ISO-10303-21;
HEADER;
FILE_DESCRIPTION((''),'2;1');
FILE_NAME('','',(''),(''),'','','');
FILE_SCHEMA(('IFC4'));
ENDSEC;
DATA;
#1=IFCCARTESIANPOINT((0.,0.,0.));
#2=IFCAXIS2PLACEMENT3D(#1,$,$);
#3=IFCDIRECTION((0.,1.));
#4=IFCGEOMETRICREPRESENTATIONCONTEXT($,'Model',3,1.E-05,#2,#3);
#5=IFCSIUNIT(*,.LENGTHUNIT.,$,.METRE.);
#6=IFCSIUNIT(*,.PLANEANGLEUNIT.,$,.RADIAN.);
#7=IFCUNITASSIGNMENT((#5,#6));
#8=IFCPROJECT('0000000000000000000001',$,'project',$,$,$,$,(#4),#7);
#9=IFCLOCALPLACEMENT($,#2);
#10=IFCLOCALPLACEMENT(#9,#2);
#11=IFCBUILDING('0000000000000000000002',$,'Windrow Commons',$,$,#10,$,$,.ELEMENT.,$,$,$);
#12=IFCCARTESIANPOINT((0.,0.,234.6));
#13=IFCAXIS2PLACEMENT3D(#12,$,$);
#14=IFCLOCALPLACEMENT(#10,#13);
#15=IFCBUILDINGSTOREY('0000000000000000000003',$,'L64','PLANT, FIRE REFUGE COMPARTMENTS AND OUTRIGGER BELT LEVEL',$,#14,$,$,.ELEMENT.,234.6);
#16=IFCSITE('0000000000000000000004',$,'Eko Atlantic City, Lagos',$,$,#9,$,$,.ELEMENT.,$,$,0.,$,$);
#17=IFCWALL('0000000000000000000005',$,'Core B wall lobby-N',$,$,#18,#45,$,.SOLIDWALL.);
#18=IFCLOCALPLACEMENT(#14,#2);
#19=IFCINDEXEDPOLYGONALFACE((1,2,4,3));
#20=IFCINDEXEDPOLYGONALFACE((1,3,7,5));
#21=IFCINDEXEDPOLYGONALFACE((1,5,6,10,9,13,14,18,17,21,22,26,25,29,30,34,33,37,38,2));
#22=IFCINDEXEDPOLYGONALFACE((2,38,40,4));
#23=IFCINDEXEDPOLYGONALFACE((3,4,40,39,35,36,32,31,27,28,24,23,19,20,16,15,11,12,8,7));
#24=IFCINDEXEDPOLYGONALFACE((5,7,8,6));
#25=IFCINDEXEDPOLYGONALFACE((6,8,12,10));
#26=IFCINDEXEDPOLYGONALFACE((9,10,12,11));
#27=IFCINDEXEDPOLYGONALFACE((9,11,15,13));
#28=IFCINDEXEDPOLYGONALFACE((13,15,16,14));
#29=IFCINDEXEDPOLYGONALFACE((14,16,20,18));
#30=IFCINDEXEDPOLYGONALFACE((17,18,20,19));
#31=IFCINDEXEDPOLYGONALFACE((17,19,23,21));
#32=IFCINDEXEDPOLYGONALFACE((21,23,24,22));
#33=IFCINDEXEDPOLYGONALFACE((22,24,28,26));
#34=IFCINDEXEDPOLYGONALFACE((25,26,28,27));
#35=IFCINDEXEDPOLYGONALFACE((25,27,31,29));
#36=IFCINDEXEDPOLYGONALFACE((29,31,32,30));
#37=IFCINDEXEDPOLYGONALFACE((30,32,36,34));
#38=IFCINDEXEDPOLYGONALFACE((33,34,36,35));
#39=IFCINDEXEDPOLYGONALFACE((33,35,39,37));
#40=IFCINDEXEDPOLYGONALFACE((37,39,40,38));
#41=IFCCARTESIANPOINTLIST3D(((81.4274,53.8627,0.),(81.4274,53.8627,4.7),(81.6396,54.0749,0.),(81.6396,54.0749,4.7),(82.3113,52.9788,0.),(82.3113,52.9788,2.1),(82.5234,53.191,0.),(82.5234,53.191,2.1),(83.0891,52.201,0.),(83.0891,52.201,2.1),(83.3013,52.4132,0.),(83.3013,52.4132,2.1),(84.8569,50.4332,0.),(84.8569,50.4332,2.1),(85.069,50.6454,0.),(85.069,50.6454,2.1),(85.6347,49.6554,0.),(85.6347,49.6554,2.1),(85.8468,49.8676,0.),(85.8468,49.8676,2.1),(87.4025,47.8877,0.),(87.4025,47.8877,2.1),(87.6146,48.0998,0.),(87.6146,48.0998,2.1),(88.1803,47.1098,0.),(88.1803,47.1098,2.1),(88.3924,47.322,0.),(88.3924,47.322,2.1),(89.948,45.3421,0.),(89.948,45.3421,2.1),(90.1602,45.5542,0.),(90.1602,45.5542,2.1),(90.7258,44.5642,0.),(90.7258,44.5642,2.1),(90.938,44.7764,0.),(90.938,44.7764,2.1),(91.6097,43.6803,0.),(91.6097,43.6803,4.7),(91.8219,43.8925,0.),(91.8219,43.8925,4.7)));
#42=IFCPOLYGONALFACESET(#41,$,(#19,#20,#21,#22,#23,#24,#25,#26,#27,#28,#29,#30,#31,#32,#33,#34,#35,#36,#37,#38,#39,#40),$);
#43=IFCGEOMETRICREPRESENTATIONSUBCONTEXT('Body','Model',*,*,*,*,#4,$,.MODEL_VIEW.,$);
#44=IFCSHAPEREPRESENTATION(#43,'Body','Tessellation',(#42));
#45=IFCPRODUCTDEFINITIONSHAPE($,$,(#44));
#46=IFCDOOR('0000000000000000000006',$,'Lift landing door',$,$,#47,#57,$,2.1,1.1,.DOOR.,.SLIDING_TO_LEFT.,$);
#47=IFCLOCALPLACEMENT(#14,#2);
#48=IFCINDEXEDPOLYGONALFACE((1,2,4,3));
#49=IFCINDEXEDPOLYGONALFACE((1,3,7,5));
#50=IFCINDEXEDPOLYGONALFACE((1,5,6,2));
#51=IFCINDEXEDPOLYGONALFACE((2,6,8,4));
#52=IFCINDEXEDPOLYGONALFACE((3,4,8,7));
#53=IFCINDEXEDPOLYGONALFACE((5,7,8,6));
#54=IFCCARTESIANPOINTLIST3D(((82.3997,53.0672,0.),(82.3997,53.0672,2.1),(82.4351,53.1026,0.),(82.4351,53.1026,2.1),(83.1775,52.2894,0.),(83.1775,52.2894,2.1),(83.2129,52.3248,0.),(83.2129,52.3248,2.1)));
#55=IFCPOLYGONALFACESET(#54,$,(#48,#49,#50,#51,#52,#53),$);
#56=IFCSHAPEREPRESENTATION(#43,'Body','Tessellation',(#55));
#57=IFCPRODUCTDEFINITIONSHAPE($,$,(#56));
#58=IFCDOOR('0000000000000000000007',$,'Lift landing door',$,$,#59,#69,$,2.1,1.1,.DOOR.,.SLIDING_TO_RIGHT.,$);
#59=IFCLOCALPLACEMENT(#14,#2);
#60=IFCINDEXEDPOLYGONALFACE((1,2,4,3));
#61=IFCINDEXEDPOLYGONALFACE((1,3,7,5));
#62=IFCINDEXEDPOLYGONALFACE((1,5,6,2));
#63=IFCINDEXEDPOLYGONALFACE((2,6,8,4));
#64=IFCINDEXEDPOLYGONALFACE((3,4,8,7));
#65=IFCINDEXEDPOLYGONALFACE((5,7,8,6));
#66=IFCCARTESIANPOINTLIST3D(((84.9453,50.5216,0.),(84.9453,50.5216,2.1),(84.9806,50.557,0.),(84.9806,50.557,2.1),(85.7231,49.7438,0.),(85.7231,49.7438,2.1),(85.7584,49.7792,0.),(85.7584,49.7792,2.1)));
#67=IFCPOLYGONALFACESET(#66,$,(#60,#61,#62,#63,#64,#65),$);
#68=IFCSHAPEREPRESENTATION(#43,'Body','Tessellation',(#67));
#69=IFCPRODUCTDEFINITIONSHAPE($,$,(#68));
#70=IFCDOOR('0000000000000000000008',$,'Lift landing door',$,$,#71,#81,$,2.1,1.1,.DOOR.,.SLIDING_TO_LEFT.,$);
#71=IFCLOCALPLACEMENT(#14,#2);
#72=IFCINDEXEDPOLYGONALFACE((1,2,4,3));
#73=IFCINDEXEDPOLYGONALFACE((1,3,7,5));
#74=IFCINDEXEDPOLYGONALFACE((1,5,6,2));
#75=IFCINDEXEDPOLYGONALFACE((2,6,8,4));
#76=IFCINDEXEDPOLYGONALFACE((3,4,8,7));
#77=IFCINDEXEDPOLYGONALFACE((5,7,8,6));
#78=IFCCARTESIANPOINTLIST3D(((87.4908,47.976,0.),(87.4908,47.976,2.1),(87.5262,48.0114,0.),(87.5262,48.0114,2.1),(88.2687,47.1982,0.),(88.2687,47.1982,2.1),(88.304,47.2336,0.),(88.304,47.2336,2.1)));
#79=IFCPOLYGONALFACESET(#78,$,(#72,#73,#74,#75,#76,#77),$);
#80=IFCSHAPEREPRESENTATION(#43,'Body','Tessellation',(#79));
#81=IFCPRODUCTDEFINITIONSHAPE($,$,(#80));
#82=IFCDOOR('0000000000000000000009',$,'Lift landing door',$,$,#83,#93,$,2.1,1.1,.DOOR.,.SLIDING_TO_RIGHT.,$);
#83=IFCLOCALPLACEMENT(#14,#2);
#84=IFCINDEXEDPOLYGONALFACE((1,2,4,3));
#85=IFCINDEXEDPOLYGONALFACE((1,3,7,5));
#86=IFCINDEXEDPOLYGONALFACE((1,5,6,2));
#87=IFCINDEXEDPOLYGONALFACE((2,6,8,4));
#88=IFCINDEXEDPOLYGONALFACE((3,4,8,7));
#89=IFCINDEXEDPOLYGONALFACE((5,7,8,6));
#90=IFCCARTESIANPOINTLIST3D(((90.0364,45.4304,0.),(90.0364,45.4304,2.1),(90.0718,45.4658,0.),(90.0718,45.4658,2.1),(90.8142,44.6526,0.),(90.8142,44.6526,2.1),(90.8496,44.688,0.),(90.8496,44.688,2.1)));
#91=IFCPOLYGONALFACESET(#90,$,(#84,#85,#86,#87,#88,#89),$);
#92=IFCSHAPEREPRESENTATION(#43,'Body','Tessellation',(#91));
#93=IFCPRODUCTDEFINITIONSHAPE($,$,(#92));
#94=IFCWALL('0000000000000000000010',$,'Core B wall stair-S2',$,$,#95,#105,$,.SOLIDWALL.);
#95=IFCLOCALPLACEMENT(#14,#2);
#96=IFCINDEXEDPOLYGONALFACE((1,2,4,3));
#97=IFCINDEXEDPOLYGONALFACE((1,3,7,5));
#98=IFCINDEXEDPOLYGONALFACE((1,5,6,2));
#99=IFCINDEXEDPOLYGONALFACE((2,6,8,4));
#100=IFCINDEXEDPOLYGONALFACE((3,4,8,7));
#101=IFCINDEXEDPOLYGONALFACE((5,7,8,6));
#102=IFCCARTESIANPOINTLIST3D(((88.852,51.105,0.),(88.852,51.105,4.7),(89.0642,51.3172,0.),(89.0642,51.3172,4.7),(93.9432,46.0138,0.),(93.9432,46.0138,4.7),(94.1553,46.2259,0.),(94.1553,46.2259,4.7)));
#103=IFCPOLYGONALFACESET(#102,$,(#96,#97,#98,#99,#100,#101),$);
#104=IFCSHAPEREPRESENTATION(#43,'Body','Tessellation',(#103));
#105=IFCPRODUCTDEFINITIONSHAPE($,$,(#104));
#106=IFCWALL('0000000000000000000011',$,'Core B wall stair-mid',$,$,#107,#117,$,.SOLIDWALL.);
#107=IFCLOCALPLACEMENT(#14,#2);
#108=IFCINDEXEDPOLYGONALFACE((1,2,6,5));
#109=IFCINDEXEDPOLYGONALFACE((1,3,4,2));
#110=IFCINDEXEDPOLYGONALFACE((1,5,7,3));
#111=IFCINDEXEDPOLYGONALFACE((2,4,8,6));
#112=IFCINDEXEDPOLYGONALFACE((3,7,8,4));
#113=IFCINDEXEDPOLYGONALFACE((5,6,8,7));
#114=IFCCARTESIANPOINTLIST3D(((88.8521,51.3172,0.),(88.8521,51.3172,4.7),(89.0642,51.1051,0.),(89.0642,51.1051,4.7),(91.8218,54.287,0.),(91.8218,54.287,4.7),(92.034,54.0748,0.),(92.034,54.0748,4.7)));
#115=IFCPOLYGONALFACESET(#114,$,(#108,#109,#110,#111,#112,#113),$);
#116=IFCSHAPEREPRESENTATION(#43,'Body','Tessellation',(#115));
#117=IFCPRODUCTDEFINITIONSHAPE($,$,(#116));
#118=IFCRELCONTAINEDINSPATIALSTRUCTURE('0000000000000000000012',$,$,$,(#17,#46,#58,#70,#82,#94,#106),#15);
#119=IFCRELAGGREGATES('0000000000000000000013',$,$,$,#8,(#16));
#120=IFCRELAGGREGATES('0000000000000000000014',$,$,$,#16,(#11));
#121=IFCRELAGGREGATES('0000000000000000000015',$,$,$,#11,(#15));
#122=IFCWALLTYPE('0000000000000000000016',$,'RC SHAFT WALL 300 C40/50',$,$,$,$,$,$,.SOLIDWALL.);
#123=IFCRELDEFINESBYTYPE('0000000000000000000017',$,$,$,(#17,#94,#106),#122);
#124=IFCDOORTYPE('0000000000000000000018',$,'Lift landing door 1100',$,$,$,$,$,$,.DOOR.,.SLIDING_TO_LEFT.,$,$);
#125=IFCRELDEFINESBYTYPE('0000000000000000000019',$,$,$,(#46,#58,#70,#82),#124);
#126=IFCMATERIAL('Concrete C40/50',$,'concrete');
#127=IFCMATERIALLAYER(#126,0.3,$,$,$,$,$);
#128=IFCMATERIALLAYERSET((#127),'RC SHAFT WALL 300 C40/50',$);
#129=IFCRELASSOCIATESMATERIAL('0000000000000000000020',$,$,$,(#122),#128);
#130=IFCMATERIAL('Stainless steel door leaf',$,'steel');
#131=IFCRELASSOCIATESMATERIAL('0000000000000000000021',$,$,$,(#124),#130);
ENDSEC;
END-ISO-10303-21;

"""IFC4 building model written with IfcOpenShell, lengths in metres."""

from ifc_helpers import new_model, si_unit, direction, frame, frame_2d, origin, place, context, subcontext, project, spatial, rectangle, extrude, material, layer, layer_set, type_object, element, fill, save


model = new_model("IFC4")

# Units and contexts
model_context = context("Model", 3, precision=1e-05, world=origin(), true_north=direction((0.0, 1.0)))
body_context = subcontext(model_context, "Body", "Model", "MODEL_VIEW")
ifc_project = project(units=[si_unit("LENGTHUNIT", "METRE"), si_unit("PLANEANGLEUNIT", "RADIAN")], contexts=[model_context])

# Site, building, storey
site_placement = place(None, origin())
site = spatial("IfcSite", under=ifc_project, at=site_placement, Name="Eko Atlantic City, Lagos", CompositionType="ELEMENT", RefElevation=0.0)
building_placement = place(site_placement, origin())
building = spatial("IfcBuilding", under=site, at=building_placement, Name="Windrow Commons", CompositionType="ELEMENT")
storey_placement = place(building_placement, frame((0.0, 0.0, 234.6)))
storey = spatial("IfcBuildingStorey", under=building, at=storey_placement, Name="L64", Description="PLANT, FIRE REFUGE COMPARTMENTS AND OUTRIGGER BELT LEVEL", CompositionType="ELEMENT", Elevation=234.6)

# Shared definitions
ifc_material_1 = material(Name="Concrete C40/50", Category="concrete")
ifc_layer_1 = layer(ifc_material_1, 0.3)
ifc_layer_set_1 = layer_set([ifc_layer_1], Name="RC SHAFT WALL 300 C40/50")
wall_type_1 = type_object("IfcWallType", Name="RC SHAFT WALL 300 C40/50", PredefinedType="SOLIDWALL", material=ifc_layer_set_1)

# Wall, openings, doors
wall_1_placement = place(storey_placement, frame((81.5335, 53.9688, 0.0), z_axis=(0.0, 0.0, 1.0), x_axis=(0.707103, -0.70711, 0.0)))
wall_1 = element("IfcWall", 1, at=wall_1_placement, inside=storey, type_object=wall_type_1, Name="Core B wall lobby-N", PredefinedType="SOLIDWALL", context=body_context, shape_type="SweptSolid", body=[
    extrude(rectangle(XDim=14.4, YDim=0.3, at=frame_2d((7.2, 0.0))), origin(), (0.0, 0.0, 1.0), 4.7),
])
opening_1_placement = place(wall_1_placement, frame((1.25, 0.0, 0.0)))
opening_1 = element("IfcOpeningElement", 2, at=opening_1_placement, cuts=wall_1, PredefinedType="OPENING", context=body_context, shape_type="SweptSolid", body=[
    extrude(rectangle(XDim=1.1, YDim=2.1, at=frame_2d((0.55, 1.05))), frame((0.0, 0.16, 0.0), z_axis=(0.0, -1.0, 0.0), x_axis=(1.0, 0.0, 0.0)), (0.0, 0.0, 1.0), 0.32),
])
opening_2_placement = place(wall_1_placement, frame((4.85, 0.0, 0.0)))
opening_2 = element("IfcOpeningElement", 3, at=opening_2_placement, cuts=wall_1, PredefinedType="OPENING", context=body_context, shape_type="SweptSolid", body=[
    extrude(rectangle(XDim=1.1, YDim=2.1, at=frame_2d((0.55, 1.05))), frame((0.0, 0.16, 0.0), z_axis=(0.0, -1.0, 0.0), x_axis=(1.0, 0.0, 0.0)), (0.0, 0.0, 1.0), 0.32),
])
opening_3_placement = place(wall_1_placement, frame((8.45, 0.0, 0.0)))
opening_3 = element("IfcOpeningElement", 4, at=opening_3_placement, cuts=wall_1, PredefinedType="OPENING", context=body_context, shape_type="SweptSolid", body=[
    extrude(rectangle(XDim=1.1, YDim=2.1, at=frame_2d((0.55, 1.05))), frame((0.0, 0.16, 0.0), z_axis=(0.0, -1.0, 0.0), x_axis=(1.0, 0.0, 0.0)), (0.0, 0.0, 1.0), 0.32),
])
opening_4_placement = place(wall_1_placement, frame((12.05, 0.0, 0.0)))
opening_4 = element("IfcOpeningElement", 5, at=opening_4_placement, cuts=wall_1, PredefinedType="OPENING", context=body_context, shape_type="SweptSolid", body=[
    extrude(rectangle(XDim=1.1, YDim=2.1, at=frame_2d((0.55, 1.05))), frame((0.0, 0.16, 0.0), z_axis=(0.0, -1.0, 0.0), x_axis=(1.0, 0.0, 0.0)), (0.0, 0.0, 1.0), 0.32),
])
ifc_material_2 = material(Name="Stainless steel door leaf", Category="steel")
door_type_1 = type_object("IfcDoorType", Name="Lift landing door 1100", OperationType="SLIDING_TO_LEFT", PredefinedType="DOOR", material=ifc_material_2)
door_1_placement = place(opening_1_placement, origin())
door_1 = element("IfcDoor", 6, at=door_1_placement, inside=storey, type_object=door_type_1, Name="Lift landing door", OperationType="SLIDING_TO_LEFT", OverallHeight=2.1, OverallWidth=1.1, PredefinedType="DOOR", context=body_context, shape_type="SweptSolid", body=[
    extrude(rectangle(XDim=1.1, YDim=2.1, at=frame_2d((0.55, 1.05))), frame((0.0, 0.025, 0.0), z_axis=(0.0, -1.0, 0.0), x_axis=(1.0, 0.0, 0.0)), (0.0, 0.0, 1.0), 0.05),
])
fill(opening_1, door_1)
door_2_placement = place(opening_2_placement, origin())
door_2 = element("IfcDoor", 7, at=door_2_placement, inside=storey, type_object=door_type_1, Name="Lift landing door", OperationType="SLIDING_TO_RIGHT", OverallHeight=2.1, OverallWidth=1.1, PredefinedType="DOOR", context=body_context, shape_type="SweptSolid", body=[
    extrude(rectangle(XDim=1.1, YDim=2.1, at=frame_2d((0.55, 1.05))), frame((0.0, 0.025, 0.0), z_axis=(0.0, -1.0, 0.0), x_axis=(1.0, 0.0, 0.0)), (0.0, 0.0, 1.0), 0.05),
])
fill(opening_2, door_2)
door_3_placement = place(opening_3_placement, origin())
door_3 = element("IfcDoor", 8, at=door_3_placement, inside=storey, type_object=door_type_1, Name="Lift landing door", OperationType="SLIDING_TO_LEFT", OverallHeight=2.1, OverallWidth=1.1, PredefinedType="DOOR", context=body_context, shape_type="SweptSolid", body=[
    extrude(rectangle(XDim=1.1, YDim=2.1, at=frame_2d((0.55, 1.05))), frame((0.0, 0.025, 0.0), z_axis=(0.0, -1.0, 0.0), x_axis=(1.0, 0.0, 0.0)), (0.0, 0.0, 1.0), 0.05),
])
fill(opening_3, door_3)
door_4_placement = place(opening_4_placement, origin())
door_4 = element("IfcDoor", 9, at=door_4_placement, inside=storey, type_object=door_type_1, Name="Lift landing door", OperationType="SLIDING_TO_RIGHT", OverallHeight=2.1, OverallWidth=1.1, PredefinedType="DOOR", context=body_context, shape_type="SweptSolid", body=[
    extrude(rectangle(XDim=1.1, YDim=2.1, at=frame_2d((0.55, 1.05))), frame((0.0, 0.025, 0.0), z_axis=(0.0, -1.0, 0.0), x_axis=(1.0, 0.0, 0.0)), (0.0, 0.0, 1.0), 0.05),
])
fill(opening_4, door_4)

# Walls
wall_2_placement = place(storey_placement, frame((88.9581, 51.2111, 0.0), z_axis=(0.0, 0.0, 1.0), x_axis=(0.7071, -0.707114, 0.0)))
element("IfcWall", 10, at=wall_2_placement, inside=storey, type_object=wall_type_1, Name="Core B wall stair-S2", PredefinedType="SOLIDWALL", context=body_context, shape_type="SweptSolid", body=[
    extrude(rectangle(XDim=7.2, YDim=0.3, at=frame_2d((3.6, 0.0))), origin(), (0.0, 0.0, 1.0), 4.7),
])
wall_3_placement = place(storey_placement, frame((88.9581, 51.2111, 0.0), z_axis=(0.0, 0.0, 1.0), x_axis=(0.707107, 0.707107, 0.0)))
element("IfcWall", 11, at=wall_3_placement, inside=storey, type_object=wall_type_1, Name="Core B wall stair-mid", PredefinedType="SOLIDWALL", context=body_context, shape_type="SweptSolid", body=[
    extrude(rectangle(XDim=4.1999, YDim=0.3, at=frame_2d((2.1, 0.0))), origin(), (0.0, 0.0, 1.0), 4.7),
])

save(model, "model.ifc")
